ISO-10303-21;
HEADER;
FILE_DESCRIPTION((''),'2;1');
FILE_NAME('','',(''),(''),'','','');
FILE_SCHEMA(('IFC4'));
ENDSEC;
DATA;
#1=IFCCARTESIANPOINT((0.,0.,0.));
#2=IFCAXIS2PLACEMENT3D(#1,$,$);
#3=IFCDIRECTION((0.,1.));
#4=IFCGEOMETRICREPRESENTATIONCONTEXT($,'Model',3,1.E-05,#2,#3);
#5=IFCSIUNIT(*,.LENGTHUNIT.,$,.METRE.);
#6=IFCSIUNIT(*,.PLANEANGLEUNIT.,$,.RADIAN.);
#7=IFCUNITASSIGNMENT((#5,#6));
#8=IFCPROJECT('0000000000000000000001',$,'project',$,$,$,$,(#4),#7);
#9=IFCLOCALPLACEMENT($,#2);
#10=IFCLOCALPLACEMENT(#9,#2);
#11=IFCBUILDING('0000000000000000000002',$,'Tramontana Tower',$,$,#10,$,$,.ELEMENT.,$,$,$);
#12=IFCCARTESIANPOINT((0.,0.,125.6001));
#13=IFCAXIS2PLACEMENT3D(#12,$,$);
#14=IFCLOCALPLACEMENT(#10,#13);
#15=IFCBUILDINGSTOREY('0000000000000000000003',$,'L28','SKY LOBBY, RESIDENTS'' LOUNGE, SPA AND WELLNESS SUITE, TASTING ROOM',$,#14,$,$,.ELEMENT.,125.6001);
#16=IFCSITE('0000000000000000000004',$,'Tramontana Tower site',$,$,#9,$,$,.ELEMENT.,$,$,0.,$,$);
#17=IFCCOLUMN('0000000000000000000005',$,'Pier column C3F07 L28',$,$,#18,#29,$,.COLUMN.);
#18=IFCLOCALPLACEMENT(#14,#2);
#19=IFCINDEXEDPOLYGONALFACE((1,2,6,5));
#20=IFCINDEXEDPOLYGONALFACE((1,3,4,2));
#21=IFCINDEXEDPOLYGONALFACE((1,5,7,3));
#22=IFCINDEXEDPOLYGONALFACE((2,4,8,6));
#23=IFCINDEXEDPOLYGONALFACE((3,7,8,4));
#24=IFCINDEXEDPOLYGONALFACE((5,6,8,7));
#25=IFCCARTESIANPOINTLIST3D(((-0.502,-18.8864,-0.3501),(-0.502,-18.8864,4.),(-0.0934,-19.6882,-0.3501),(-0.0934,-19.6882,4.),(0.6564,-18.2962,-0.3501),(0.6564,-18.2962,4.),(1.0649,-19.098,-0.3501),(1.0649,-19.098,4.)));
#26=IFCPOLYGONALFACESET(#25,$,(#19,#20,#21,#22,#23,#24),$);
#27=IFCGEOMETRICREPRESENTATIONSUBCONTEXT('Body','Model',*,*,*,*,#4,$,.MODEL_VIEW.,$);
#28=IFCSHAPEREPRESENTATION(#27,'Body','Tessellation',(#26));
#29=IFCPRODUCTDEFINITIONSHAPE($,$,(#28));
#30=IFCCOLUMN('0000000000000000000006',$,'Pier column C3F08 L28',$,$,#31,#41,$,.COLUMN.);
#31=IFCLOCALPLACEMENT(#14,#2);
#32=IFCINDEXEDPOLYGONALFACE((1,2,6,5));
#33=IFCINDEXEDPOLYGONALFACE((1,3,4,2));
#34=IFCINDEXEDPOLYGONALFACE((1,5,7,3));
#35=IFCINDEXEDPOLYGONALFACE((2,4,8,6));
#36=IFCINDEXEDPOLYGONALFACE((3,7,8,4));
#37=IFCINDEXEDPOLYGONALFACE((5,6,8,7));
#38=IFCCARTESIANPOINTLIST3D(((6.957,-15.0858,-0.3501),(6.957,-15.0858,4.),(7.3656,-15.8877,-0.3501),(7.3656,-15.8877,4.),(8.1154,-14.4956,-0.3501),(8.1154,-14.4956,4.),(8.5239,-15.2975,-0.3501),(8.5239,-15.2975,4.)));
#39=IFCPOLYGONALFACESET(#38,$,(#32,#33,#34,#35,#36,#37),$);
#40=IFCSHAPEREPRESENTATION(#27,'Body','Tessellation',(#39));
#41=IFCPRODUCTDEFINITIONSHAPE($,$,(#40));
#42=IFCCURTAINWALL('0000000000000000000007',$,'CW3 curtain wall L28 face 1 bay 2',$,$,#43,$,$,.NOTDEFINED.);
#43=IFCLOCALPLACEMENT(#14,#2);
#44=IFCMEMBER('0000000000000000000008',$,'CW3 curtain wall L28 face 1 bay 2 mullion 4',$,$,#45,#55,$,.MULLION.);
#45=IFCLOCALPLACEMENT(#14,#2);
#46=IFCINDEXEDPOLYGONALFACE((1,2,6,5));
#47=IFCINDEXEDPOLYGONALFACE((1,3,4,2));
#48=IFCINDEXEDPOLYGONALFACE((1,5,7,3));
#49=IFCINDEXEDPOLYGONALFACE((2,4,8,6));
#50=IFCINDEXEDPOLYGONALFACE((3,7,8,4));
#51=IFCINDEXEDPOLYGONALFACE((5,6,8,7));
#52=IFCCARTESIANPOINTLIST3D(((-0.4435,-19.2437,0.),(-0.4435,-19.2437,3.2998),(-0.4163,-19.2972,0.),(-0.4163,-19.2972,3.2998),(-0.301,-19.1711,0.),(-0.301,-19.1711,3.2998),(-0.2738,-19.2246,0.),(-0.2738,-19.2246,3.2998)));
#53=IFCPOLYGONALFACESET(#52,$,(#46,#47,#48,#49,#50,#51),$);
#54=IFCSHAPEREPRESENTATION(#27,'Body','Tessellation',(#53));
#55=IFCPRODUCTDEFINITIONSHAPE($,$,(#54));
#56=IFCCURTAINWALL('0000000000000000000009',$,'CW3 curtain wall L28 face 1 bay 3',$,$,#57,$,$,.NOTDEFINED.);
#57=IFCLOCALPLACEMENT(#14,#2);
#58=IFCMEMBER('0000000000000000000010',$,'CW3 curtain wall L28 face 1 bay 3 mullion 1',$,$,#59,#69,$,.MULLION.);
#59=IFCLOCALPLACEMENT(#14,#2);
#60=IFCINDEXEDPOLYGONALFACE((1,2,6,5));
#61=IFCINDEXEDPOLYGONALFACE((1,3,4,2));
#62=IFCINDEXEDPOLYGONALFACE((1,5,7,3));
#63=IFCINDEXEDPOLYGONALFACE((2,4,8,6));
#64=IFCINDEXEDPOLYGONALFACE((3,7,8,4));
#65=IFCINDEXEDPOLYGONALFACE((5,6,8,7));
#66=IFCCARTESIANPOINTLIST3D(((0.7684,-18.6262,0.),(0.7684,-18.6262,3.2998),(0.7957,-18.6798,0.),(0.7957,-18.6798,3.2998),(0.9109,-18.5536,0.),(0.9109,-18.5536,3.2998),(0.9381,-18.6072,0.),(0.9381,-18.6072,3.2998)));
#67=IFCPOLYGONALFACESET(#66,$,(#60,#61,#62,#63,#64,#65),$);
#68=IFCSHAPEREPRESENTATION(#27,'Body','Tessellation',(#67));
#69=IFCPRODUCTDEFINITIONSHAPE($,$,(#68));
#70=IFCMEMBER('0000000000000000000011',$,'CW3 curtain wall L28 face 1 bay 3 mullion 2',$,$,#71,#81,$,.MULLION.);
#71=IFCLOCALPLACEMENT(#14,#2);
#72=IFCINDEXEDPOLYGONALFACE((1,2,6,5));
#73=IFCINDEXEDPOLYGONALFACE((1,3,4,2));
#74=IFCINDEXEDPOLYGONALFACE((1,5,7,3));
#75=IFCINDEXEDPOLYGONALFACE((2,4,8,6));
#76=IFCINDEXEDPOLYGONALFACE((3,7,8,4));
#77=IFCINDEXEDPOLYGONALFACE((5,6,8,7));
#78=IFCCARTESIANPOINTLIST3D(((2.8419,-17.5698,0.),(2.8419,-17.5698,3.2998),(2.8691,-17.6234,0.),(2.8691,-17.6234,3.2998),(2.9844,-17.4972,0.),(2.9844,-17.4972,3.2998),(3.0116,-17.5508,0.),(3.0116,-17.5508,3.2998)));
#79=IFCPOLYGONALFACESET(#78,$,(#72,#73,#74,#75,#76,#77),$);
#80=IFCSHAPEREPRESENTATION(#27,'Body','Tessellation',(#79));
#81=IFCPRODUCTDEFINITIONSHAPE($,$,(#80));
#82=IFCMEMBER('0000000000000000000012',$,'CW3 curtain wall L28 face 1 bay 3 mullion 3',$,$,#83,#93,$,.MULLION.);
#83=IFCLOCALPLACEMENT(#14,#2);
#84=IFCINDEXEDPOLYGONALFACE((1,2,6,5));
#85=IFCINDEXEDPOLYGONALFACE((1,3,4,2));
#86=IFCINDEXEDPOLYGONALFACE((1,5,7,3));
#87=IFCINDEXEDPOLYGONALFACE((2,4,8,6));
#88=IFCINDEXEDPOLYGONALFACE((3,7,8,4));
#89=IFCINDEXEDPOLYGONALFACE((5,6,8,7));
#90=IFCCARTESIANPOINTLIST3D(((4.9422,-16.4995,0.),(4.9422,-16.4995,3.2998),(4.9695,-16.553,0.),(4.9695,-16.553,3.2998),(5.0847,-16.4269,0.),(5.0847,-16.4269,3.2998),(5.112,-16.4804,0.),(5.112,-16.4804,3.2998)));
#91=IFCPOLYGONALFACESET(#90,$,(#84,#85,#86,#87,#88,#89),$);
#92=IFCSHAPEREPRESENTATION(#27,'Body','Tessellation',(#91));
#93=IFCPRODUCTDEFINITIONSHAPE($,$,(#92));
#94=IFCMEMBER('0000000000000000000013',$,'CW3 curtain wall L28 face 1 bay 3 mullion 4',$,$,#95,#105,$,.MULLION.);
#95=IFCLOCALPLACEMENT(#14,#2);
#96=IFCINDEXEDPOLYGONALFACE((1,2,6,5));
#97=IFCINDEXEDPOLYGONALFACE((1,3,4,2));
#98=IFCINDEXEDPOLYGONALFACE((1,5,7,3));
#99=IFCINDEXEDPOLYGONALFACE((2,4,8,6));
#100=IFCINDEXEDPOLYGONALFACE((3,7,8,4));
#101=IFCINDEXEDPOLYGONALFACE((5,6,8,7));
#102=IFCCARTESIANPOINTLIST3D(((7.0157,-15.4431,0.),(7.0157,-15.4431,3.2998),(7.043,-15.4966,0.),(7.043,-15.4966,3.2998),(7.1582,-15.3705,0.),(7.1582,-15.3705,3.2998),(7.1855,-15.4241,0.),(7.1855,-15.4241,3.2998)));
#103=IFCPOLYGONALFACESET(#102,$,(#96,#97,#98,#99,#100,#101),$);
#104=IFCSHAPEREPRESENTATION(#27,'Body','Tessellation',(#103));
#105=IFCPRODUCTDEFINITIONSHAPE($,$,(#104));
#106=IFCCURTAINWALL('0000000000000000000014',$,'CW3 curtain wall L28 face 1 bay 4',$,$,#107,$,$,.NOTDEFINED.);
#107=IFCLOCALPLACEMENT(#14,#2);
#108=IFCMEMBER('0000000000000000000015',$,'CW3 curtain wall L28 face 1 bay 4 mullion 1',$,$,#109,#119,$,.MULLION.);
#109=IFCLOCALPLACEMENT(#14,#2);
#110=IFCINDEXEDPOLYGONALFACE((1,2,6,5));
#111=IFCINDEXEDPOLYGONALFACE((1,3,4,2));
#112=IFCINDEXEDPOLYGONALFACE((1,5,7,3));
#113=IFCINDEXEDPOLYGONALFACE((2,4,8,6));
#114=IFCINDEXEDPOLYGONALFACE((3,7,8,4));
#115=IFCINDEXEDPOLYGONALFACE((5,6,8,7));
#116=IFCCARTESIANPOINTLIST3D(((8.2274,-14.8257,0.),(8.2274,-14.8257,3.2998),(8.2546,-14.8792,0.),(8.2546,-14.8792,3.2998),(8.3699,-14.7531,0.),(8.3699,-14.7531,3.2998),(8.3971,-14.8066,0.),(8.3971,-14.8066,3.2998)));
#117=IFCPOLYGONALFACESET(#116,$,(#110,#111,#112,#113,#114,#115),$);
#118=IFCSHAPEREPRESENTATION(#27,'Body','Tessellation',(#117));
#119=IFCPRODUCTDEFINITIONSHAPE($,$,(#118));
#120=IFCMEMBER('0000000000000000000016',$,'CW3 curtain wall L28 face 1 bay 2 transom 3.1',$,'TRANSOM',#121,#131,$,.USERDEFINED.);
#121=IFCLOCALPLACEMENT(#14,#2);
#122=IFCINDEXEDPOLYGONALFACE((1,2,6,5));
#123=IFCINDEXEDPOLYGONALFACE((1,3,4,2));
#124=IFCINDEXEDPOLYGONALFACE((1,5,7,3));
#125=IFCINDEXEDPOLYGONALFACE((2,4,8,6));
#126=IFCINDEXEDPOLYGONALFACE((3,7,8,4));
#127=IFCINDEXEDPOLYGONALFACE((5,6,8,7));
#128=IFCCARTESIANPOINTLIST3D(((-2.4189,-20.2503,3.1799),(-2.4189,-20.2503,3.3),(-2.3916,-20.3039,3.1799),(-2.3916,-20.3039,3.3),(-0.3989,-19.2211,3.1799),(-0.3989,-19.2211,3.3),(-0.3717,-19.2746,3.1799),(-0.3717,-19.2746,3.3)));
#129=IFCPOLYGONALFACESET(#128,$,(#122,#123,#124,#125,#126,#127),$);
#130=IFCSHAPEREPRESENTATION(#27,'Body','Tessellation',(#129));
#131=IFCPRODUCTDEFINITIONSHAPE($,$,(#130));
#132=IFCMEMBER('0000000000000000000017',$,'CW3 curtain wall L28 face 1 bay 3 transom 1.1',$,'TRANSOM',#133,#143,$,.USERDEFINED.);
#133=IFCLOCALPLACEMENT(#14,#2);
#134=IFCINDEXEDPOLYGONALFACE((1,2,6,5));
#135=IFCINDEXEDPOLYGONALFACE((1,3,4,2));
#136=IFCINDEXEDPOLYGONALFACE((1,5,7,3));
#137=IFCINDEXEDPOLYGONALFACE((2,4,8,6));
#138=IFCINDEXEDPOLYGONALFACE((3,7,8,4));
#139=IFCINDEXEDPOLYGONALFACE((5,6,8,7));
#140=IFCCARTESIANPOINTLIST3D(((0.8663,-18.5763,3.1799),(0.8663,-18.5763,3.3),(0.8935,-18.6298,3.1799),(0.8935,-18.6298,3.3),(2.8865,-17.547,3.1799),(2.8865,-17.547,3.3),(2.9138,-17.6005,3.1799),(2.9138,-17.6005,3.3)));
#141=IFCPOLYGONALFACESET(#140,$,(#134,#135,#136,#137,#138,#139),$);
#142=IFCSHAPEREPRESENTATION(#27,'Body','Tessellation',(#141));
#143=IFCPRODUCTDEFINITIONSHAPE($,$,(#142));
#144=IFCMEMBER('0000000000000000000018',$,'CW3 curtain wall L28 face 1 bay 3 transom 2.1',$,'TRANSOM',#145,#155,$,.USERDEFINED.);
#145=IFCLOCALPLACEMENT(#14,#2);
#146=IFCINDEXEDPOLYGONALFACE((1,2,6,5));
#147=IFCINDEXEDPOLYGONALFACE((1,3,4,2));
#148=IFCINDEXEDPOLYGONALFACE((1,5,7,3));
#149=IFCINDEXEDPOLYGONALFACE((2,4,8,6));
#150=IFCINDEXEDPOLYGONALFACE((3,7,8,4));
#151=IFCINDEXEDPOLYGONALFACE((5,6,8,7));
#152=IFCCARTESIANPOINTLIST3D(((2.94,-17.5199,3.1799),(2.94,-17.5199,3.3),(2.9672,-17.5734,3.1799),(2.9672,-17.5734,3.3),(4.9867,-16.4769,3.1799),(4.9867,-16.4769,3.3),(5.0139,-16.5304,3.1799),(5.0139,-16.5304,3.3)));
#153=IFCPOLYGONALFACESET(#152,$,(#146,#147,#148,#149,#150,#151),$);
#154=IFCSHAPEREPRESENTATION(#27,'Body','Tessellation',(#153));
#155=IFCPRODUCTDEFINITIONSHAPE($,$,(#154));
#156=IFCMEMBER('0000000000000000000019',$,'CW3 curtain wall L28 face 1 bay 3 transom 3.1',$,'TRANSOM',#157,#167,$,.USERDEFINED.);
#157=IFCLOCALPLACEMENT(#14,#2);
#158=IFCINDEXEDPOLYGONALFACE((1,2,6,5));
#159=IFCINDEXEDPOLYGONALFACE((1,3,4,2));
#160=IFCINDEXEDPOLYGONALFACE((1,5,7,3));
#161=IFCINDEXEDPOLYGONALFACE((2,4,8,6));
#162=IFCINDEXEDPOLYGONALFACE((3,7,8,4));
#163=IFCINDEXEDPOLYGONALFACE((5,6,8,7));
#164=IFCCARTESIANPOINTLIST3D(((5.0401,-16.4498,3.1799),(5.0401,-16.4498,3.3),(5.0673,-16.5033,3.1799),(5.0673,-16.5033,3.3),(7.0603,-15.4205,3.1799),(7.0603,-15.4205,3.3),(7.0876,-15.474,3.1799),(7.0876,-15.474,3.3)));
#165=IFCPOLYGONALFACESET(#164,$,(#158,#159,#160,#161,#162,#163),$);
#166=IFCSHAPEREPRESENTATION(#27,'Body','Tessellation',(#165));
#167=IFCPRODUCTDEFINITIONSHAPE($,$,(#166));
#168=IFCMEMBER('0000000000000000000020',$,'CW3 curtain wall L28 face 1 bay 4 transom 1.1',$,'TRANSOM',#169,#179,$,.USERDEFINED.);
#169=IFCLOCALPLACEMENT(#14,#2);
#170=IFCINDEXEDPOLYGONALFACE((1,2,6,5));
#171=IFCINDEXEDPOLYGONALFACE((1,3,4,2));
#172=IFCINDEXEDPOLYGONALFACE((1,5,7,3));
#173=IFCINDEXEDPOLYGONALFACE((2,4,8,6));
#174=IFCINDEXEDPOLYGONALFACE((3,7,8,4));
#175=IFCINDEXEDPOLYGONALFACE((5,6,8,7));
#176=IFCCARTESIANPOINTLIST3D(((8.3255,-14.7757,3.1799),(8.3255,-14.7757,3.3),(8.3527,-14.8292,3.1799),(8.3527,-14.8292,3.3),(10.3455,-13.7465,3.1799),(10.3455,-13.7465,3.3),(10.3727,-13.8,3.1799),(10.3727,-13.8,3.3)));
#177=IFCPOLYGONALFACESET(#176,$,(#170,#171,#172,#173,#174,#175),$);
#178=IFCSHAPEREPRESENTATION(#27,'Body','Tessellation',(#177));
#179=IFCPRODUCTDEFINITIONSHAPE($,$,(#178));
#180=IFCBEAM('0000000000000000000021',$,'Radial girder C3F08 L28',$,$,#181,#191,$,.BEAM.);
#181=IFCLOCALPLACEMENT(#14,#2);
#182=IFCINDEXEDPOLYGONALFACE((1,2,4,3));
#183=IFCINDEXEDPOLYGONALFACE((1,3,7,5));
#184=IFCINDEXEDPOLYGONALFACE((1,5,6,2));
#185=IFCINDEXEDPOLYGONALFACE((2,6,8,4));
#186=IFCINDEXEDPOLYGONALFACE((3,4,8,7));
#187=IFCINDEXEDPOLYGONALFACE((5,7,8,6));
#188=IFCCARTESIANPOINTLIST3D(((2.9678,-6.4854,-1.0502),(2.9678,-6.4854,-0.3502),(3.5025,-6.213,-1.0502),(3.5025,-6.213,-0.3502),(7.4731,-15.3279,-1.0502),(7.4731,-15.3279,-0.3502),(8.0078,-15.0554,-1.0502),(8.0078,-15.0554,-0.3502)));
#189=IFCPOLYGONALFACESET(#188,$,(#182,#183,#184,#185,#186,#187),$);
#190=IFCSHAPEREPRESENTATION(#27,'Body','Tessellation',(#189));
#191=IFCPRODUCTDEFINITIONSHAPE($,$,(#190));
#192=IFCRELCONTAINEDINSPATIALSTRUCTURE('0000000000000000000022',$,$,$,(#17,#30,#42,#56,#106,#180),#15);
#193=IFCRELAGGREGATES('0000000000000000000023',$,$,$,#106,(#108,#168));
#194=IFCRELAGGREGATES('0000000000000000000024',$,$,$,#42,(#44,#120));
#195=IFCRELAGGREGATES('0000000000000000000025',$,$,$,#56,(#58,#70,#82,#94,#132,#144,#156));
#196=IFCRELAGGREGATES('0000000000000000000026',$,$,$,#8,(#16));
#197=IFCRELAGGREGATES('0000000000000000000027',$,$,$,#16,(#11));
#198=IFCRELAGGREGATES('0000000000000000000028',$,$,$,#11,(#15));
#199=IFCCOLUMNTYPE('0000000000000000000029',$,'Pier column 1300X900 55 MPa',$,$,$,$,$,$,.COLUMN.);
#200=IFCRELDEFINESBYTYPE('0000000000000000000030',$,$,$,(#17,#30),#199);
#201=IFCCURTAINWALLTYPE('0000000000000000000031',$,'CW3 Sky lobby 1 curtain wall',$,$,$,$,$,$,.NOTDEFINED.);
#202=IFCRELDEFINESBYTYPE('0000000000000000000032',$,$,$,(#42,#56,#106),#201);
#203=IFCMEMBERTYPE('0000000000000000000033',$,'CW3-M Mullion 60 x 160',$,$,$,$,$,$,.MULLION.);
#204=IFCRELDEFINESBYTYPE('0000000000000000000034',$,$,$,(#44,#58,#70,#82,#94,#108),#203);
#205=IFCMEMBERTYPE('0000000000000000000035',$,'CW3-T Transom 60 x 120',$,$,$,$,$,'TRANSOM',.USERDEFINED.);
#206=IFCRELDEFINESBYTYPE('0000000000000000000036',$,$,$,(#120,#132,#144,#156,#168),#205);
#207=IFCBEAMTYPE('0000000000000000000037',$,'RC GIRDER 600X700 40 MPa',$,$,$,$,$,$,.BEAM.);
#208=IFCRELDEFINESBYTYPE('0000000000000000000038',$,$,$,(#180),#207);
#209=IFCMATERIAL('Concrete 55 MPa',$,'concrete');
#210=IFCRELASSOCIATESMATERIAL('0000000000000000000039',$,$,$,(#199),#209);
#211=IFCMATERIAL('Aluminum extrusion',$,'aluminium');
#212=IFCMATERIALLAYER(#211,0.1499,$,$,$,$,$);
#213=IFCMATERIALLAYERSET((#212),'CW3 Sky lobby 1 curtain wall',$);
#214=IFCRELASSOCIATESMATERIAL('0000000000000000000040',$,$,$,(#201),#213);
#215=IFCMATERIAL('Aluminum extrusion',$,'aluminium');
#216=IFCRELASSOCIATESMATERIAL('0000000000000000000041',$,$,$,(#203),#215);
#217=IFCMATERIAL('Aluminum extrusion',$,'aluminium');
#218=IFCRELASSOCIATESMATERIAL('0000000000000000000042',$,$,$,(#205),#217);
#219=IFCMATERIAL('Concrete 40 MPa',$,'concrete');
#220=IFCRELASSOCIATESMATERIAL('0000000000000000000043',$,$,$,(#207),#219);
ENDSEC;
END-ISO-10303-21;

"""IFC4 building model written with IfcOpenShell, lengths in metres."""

from ifc_helpers import new_model, si_unit, direction, frame, origin, origin_2d, place, context, subcontext, project, spatial, rectangle, extrude, material, layer, layer_set, material_profile, profile_set, type_object, element, aggregate, save


model = new_model("IFC4")

# Units and contexts
model_context = context("Model", 3, precision=1e-05, world=origin(), true_north=direction((0.0, 1.0)))
body_context = subcontext(model_context, "Body", "Model", "MODEL_VIEW")
ifc_project = project(units=[si_unit("LENGTHUNIT", "METRE"), si_unit("PLANEANGLEUNIT", "RADIAN")], contexts=[model_context])

# Site, building, storey
site_placement = place(None, origin())
site = spatial("IfcSite", under=ifc_project, at=site_placement, Name="Tramontana Tower site", CompositionType="ELEMENT", RefElevation=0.0)
building_placement = place(site_placement, origin())
building = spatial("IfcBuilding", under=site, at=building_placement, Name="Tramontana Tower", CompositionType="ELEMENT")
storey_placement = place(building_placement, frame((0.0, 0.0, 125.6001)))
storey = spatial("IfcBuildingStorey", under=building, at=storey_placement, Name="L28", Description="SKY LOBBY, RESIDENTS' LOUNGE, SPA AND WELLNESS SUITE, TASTING ROOM", CompositionType="ELEMENT", Elevation=125.6001)

# Columns
ifc_material_1 = material(Name="Concrete 55 MPa", Category="concrete")
ifc_material_profile_1 = material_profile(ifc_material_1, rectangle(XDim=1.3, YDim=0.8999, at=origin_2d()), Name="Pier column 1300X900 55 MPa")
ifc_profile_set_1 = profile_set([ifc_material_profile_1], Name="Concrete 55 MPa")
column_type = type_object("IfcColumnType", Name="Pier column 1300X900 55 MPa", PredefinedType="COLUMN", material=ifc_profile_set_1)
for number, where, z_axis, x_axis, name in (
    (1, (0.2815, -18.9922, -0.3501), (0.0, 0.0, 1.0), (0.891007, 0.45399, 0.0), "Pier column C3F07 L28"),
    (2, (7.7405, -15.1917, -0.3501), (0.0, 0.0, 1.0), (0.891007, 0.45399, 0.0), "Pier column C3F08 L28"),
):
    element("IfcColumn", number, at=place(storey_placement, frame(where, z_axis=z_axis, x_axis=x_axis)), inside=storey, type_object=column_type, Name=name, PredefinedType="COLUMN", context=body_context, shape_type="SweptSolid", body=[
        extrude(rectangle(XDim=1.3, YDim=0.8999, at=origin_2d()), origin(), (0.0, 0.0, 1.0), 4.3501),
    ])

# Curtain wall, member
ifc_material_2 = material(Name="Aluminum extrusion", Category="aluminium")
ifc_layer_1 = layer(ifc_material_2, 0.1499)
ifc_layer_set_1 = layer_set([ifc_layer_1], Name="CW3 Sky lobby 1 curtain wall")
curtain_wall_type = type_object("IfcCurtainWallType", Name="CW3 Sky lobby 1 curtain wall", PredefinedType="NOTDEFINED", material=ifc_layer_set_1)
curtain_wall_1_placement = place(storey_placement, origin())
curtain_wall_1 = element("IfcCurtainWall", 3, at=curtain_wall_1_placement, inside=storey, type_object=curtain_wall_type, Name="CW3 curtain wall L28 face 1 bay 2", PredefinedType="NOTDEFINED")
ifc_material_3 = material(Name="Aluminum extrusion", Category="aluminium")
ifc_material_profile_2 = material_profile(ifc_material_3, rectangle(XDim=0.0601, YDim=0.1599, at=origin_2d()), Name="CW3-M Mullion 60 x 160")
ifc_profile_set_2 = profile_set([ifc_material_profile_2], Name="Aluminum extrusion")
member_type_1 = type_object("IfcMemberType", Name="CW3-M Mullion 60 x 160", PredefinedType="MULLION", material=ifc_profile_set_2)
member_1_placement = place(storey_placement, frame((-0.3586, -19.2341, 0.0), z_axis=(0.0, 0.0, 1.0), x_axis=(-0.45399, 0.891007, 0.0)))
member_1 = element("IfcMember", 4, at=member_1_placement, type_object=member_type_1, Name="CW3 curtain wall L28 face 1 bay 2 mullion 4", PredefinedType="MULLION", context=body_context, shape_type="SweptSolid", body=[
    extrude(rectangle(XDim=0.0601, YDim=0.1599, at=origin_2d()), origin(), (0.0, 0.0, 1.0), 3.2998),
])

# Curtain wall, members
curtain_wall_2_placement = place(storey_placement, origin())
curtain_wall_2 = element("IfcCurtainWall", 5, at=curtain_wall_2_placement, inside=storey, type_object=curtain_wall_type, Name="CW3 curtain wall L28 face 1 bay 3", PredefinedType="NOTDEFINED")
member_2_placement = place(storey_placement, frame((0.8533, -18.6167, 0.0), z_axis=(0.0, 0.0, 1.0), x_axis=(-0.45399, 0.891007, 0.0)))
member_2 = element("IfcMember", 6, at=member_2_placement, type_object=member_type_1, Name="CW3 curtain wall L28 face 1 bay 3 mullion 1", PredefinedType="MULLION", context=body_context, shape_type="SweptSolid", body=[
    extrude(rectangle(XDim=0.0601, YDim=0.1599, at=origin_2d()), origin(), (0.0, 0.0, 1.0), 3.2998),
])
member_3_placement = place(storey_placement, frame((2.9268, -17.5603, 0.0), z_axis=(0.0, 0.0, 1.0), x_axis=(-0.45399, 0.891007, 0.0)))
member_3 = element("IfcMember", 7, at=member_3_placement, type_object=member_type_1, Name="CW3 curtain wall L28 face 1 bay 3 mullion 2", PredefinedType="MULLION", context=body_context, shape_type="SweptSolid", body=[
    extrude(rectangle(XDim=0.0601, YDim=0.1599, at=origin_2d()), origin(), (0.0, 0.0, 1.0), 3.2998),
])
member_4_placement = place(storey_placement, frame((5.0271, -16.49, 0.0), z_axis=(0.0, 0.0, 1.0), x_axis=(-0.45399, 0.891007, 0.0)))
member_4 = element("IfcMember", 8, at=member_4_placement, type_object=member_type_1, Name="CW3 curtain wall L28 face 1 bay 3 mullion 3", PredefinedType="MULLION", context=body_context, shape_type="SweptSolid", body=[
    extrude(rectangle(XDim=0.0601, YDim=0.1599, at=origin_2d()), origin(), (0.0, 0.0, 1.0), 3.2998),
])
member_5_placement = place(storey_placement, frame((7.1006, -15.4336, 0.0), z_axis=(0.0, 0.0, 1.0), x_axis=(-0.45399, 0.891007, 0.0)))
member_5 = element("IfcMember", 9, at=member_5_placement, type_object=member_type_1, Name="CW3 curtain wall L28 face 1 bay 3 mullion 4", PredefinedType="MULLION", context=body_context, shape_type="SweptSolid", body=[
    extrude(rectangle(XDim=0.0601, YDim=0.1599, at=origin_2d()), origin(), (0.0, 0.0, 1.0), 3.2998),
])

# Curtain wall, member
curtain_wall_3_placement = place(storey_placement, origin())
curtain_wall_3 = element("IfcCurtainWall", 10, at=curtain_wall_3_placement, inside=storey, type_object=curtain_wall_type, Name="CW3 curtain wall L28 face 1 bay 4", PredefinedType="NOTDEFINED")
member_6_placement = place(storey_placement, frame((8.3123, -14.8162, 0.0), z_axis=(0.0, 0.0, 1.0), x_axis=(-0.45399, 0.891007, 0.0)))
member_6 = element("IfcMember", 11, at=member_6_placement, type_object=member_type_1, Name="CW3 curtain wall L28 face 1 bay 4 mullion 1", PredefinedType="MULLION", context=body_context, shape_type="SweptSolid", body=[
    extrude(rectangle(XDim=0.0601, YDim=0.1599, at=origin_2d()), origin(), (0.0, 0.0, 1.0), 3.2998),
])

# Members
ifc_material_4 = material(Name="Aluminum extrusion", Category="aluminium")
ifc_material_profile_3 = material_profile(ifc_material_4, rectangle(XDim=0.0601, YDim=0.1201, at=origin_2d()), Name="CW3-T Transom 60 x 120")
ifc_profile_set_3 = profile_set([ifc_material_profile_3], Name="Aluminum extrusion")
member_type_2 = type_object("IfcMemberType", Name="CW3-T Transom 60 x 120", ElementType="TRANSOM", PredefinedType="USERDEFINED", material=ifc_profile_set_3)
member_7_placement = place(storey_placement, frame((-2.4053, -20.2771, 3.24), z_axis=(0.890998, 0.454006, 0.0), x_axis=(-0.454006, 0.890998, 0.0)))
member_7 = element("IfcMember", 12, at=member_7_placement, type_object=member_type_2, Name="CW3 curtain wall L28 face 1 bay 2 transom 3.1", ObjectType="TRANSOM", PredefinedType="USERDEFINED", context=body_context, shape_type="SweptSolid", body=[
    extrude(rectangle(XDim=0.0601, YDim=0.1201, at=origin_2d()), origin(), (0.0, 0.0, 1.0), 2.2671),
])
member_8_placement = place(storey_placement, frame((0.8799, -18.603, 3.24), z_axis=(0.891021, 0.453963, 0.0), x_axis=(-0.453963, 0.891021, 0.0)))
member_8 = element("IfcMember", 13, at=member_8_placement, type_object=member_type_2, Name="CW3 curtain wall L28 face 1 bay 3 transom 1.1", ObjectType="TRANSOM", PredefinedType="USERDEFINED", context=body_context, shape_type="SweptSolid", body=[
    extrude(rectangle(XDim=0.0601, YDim=0.1201, at=origin_2d()), origin(), (0.0, 0.0, 1.0), 2.2673),
])
member_9_placement = place(storey_placement, frame((2.9536, -17.5466, 3.24), z_axis=(0.890979, 0.454045, 0.0), x_axis=(-0.454045, 0.890979, 0.0)))
member_9 = element("IfcMember", 14, at=member_9_placement, type_object=member_type_2, Name="CW3 curtain wall L28 face 1 bay 3 transom 2.1", ObjectType="TRANSOM", PredefinedType="USERDEFINED", context=body_context, shape_type="SweptSolid", body=[
    extrude(rectangle(XDim=0.0601, YDim=0.1201, at=origin_2d()), origin(), (0.0, 0.0, 1.0), 2.2971),
])
member_10_placement = place(storey_placement, frame((5.0537, -16.4766, 3.24), z_axis=(0.891021, 0.453963, 0.0), x_axis=(-0.453963, 0.891021, 0.0)))
member_10 = element("IfcMember", 15, at=member_10_placement, type_object=member_type_2, Name="CW3 curtain wall L28 face 1 bay 3 transom 3.1", ObjectType="TRANSOM", PredefinedType="USERDEFINED", context=body_context, shape_type="SweptSolid", body=[
    extrude(rectangle(XDim=0.0601, YDim=0.1201, at=origin_2d()), origin(), (0.0, 0.0, 1.0), 2.2673),
])
member_11_placement = place(storey_placement, frame((8.3391, -14.8025, 3.24), z_axis=(0.890998, 0.454006, 0.0), x_axis=(-0.454006, 0.890998, 0.0)))
member_11 = element("IfcMember", 16, at=member_11_placement, type_object=member_type_2, Name="CW3 curtain wall L28 face 1 bay 4 transom 1.1", ObjectType="TRANSOM", PredefinedType="USERDEFINED", context=body_context, shape_type="SweptSolid", body=[
    extrude(rectangle(XDim=0.0601, YDim=0.1201, at=origin_2d()), origin(), (0.0, 0.0, 1.0), 2.2671),
])
aggregate(curtain_wall_3, [member_6, member_11])

# Beam
ifc_material_5 = material(Name="Concrete 40 MPa", Category="concrete")
ifc_material_profile_4 = material_profile(ifc_material_5, rectangle(XDim=0.6001, YDim=0.7, at=origin_2d()), Name="RC GIRDER 600X700 40 MPa")
ifc_profile_set_4 = profile_set([ifc_material_profile_4], Name="Concrete 40 MPa")
beam_type_1 = type_object("IfcBeamType", Name="RC GIRDER 600X700 40 MPa", PredefinedType="BEAM", material=ifc_profile_set_4)
beam_1_placement = place(storey_placement, frame((7.7405, -15.1917, -0.7002), z_axis=(-0.453981, 0.891012, 0.0), x_axis=(-0.891012, -0.453981, 0.0)))
element("IfcBeam", 17, at=beam_1_placement, inside=storey, type_object=beam_type_1, Name="Radial girder C3F08 L28", PredefinedType="BEAM", context=body_context, shape_type="SweptSolid", body=[
    extrude(rectangle(XDim=0.6001, YDim=0.7, at=origin_2d()), origin(), (0.0, 0.0, 1.0), 9.9241),
])

aggregate(curtain_wall_1, [member_1, member_7])
aggregate(curtain_wall_2, [member_2, member_3, member_4, member_5, member_8, member_9, member_10])

save(model, "model.ifc")
